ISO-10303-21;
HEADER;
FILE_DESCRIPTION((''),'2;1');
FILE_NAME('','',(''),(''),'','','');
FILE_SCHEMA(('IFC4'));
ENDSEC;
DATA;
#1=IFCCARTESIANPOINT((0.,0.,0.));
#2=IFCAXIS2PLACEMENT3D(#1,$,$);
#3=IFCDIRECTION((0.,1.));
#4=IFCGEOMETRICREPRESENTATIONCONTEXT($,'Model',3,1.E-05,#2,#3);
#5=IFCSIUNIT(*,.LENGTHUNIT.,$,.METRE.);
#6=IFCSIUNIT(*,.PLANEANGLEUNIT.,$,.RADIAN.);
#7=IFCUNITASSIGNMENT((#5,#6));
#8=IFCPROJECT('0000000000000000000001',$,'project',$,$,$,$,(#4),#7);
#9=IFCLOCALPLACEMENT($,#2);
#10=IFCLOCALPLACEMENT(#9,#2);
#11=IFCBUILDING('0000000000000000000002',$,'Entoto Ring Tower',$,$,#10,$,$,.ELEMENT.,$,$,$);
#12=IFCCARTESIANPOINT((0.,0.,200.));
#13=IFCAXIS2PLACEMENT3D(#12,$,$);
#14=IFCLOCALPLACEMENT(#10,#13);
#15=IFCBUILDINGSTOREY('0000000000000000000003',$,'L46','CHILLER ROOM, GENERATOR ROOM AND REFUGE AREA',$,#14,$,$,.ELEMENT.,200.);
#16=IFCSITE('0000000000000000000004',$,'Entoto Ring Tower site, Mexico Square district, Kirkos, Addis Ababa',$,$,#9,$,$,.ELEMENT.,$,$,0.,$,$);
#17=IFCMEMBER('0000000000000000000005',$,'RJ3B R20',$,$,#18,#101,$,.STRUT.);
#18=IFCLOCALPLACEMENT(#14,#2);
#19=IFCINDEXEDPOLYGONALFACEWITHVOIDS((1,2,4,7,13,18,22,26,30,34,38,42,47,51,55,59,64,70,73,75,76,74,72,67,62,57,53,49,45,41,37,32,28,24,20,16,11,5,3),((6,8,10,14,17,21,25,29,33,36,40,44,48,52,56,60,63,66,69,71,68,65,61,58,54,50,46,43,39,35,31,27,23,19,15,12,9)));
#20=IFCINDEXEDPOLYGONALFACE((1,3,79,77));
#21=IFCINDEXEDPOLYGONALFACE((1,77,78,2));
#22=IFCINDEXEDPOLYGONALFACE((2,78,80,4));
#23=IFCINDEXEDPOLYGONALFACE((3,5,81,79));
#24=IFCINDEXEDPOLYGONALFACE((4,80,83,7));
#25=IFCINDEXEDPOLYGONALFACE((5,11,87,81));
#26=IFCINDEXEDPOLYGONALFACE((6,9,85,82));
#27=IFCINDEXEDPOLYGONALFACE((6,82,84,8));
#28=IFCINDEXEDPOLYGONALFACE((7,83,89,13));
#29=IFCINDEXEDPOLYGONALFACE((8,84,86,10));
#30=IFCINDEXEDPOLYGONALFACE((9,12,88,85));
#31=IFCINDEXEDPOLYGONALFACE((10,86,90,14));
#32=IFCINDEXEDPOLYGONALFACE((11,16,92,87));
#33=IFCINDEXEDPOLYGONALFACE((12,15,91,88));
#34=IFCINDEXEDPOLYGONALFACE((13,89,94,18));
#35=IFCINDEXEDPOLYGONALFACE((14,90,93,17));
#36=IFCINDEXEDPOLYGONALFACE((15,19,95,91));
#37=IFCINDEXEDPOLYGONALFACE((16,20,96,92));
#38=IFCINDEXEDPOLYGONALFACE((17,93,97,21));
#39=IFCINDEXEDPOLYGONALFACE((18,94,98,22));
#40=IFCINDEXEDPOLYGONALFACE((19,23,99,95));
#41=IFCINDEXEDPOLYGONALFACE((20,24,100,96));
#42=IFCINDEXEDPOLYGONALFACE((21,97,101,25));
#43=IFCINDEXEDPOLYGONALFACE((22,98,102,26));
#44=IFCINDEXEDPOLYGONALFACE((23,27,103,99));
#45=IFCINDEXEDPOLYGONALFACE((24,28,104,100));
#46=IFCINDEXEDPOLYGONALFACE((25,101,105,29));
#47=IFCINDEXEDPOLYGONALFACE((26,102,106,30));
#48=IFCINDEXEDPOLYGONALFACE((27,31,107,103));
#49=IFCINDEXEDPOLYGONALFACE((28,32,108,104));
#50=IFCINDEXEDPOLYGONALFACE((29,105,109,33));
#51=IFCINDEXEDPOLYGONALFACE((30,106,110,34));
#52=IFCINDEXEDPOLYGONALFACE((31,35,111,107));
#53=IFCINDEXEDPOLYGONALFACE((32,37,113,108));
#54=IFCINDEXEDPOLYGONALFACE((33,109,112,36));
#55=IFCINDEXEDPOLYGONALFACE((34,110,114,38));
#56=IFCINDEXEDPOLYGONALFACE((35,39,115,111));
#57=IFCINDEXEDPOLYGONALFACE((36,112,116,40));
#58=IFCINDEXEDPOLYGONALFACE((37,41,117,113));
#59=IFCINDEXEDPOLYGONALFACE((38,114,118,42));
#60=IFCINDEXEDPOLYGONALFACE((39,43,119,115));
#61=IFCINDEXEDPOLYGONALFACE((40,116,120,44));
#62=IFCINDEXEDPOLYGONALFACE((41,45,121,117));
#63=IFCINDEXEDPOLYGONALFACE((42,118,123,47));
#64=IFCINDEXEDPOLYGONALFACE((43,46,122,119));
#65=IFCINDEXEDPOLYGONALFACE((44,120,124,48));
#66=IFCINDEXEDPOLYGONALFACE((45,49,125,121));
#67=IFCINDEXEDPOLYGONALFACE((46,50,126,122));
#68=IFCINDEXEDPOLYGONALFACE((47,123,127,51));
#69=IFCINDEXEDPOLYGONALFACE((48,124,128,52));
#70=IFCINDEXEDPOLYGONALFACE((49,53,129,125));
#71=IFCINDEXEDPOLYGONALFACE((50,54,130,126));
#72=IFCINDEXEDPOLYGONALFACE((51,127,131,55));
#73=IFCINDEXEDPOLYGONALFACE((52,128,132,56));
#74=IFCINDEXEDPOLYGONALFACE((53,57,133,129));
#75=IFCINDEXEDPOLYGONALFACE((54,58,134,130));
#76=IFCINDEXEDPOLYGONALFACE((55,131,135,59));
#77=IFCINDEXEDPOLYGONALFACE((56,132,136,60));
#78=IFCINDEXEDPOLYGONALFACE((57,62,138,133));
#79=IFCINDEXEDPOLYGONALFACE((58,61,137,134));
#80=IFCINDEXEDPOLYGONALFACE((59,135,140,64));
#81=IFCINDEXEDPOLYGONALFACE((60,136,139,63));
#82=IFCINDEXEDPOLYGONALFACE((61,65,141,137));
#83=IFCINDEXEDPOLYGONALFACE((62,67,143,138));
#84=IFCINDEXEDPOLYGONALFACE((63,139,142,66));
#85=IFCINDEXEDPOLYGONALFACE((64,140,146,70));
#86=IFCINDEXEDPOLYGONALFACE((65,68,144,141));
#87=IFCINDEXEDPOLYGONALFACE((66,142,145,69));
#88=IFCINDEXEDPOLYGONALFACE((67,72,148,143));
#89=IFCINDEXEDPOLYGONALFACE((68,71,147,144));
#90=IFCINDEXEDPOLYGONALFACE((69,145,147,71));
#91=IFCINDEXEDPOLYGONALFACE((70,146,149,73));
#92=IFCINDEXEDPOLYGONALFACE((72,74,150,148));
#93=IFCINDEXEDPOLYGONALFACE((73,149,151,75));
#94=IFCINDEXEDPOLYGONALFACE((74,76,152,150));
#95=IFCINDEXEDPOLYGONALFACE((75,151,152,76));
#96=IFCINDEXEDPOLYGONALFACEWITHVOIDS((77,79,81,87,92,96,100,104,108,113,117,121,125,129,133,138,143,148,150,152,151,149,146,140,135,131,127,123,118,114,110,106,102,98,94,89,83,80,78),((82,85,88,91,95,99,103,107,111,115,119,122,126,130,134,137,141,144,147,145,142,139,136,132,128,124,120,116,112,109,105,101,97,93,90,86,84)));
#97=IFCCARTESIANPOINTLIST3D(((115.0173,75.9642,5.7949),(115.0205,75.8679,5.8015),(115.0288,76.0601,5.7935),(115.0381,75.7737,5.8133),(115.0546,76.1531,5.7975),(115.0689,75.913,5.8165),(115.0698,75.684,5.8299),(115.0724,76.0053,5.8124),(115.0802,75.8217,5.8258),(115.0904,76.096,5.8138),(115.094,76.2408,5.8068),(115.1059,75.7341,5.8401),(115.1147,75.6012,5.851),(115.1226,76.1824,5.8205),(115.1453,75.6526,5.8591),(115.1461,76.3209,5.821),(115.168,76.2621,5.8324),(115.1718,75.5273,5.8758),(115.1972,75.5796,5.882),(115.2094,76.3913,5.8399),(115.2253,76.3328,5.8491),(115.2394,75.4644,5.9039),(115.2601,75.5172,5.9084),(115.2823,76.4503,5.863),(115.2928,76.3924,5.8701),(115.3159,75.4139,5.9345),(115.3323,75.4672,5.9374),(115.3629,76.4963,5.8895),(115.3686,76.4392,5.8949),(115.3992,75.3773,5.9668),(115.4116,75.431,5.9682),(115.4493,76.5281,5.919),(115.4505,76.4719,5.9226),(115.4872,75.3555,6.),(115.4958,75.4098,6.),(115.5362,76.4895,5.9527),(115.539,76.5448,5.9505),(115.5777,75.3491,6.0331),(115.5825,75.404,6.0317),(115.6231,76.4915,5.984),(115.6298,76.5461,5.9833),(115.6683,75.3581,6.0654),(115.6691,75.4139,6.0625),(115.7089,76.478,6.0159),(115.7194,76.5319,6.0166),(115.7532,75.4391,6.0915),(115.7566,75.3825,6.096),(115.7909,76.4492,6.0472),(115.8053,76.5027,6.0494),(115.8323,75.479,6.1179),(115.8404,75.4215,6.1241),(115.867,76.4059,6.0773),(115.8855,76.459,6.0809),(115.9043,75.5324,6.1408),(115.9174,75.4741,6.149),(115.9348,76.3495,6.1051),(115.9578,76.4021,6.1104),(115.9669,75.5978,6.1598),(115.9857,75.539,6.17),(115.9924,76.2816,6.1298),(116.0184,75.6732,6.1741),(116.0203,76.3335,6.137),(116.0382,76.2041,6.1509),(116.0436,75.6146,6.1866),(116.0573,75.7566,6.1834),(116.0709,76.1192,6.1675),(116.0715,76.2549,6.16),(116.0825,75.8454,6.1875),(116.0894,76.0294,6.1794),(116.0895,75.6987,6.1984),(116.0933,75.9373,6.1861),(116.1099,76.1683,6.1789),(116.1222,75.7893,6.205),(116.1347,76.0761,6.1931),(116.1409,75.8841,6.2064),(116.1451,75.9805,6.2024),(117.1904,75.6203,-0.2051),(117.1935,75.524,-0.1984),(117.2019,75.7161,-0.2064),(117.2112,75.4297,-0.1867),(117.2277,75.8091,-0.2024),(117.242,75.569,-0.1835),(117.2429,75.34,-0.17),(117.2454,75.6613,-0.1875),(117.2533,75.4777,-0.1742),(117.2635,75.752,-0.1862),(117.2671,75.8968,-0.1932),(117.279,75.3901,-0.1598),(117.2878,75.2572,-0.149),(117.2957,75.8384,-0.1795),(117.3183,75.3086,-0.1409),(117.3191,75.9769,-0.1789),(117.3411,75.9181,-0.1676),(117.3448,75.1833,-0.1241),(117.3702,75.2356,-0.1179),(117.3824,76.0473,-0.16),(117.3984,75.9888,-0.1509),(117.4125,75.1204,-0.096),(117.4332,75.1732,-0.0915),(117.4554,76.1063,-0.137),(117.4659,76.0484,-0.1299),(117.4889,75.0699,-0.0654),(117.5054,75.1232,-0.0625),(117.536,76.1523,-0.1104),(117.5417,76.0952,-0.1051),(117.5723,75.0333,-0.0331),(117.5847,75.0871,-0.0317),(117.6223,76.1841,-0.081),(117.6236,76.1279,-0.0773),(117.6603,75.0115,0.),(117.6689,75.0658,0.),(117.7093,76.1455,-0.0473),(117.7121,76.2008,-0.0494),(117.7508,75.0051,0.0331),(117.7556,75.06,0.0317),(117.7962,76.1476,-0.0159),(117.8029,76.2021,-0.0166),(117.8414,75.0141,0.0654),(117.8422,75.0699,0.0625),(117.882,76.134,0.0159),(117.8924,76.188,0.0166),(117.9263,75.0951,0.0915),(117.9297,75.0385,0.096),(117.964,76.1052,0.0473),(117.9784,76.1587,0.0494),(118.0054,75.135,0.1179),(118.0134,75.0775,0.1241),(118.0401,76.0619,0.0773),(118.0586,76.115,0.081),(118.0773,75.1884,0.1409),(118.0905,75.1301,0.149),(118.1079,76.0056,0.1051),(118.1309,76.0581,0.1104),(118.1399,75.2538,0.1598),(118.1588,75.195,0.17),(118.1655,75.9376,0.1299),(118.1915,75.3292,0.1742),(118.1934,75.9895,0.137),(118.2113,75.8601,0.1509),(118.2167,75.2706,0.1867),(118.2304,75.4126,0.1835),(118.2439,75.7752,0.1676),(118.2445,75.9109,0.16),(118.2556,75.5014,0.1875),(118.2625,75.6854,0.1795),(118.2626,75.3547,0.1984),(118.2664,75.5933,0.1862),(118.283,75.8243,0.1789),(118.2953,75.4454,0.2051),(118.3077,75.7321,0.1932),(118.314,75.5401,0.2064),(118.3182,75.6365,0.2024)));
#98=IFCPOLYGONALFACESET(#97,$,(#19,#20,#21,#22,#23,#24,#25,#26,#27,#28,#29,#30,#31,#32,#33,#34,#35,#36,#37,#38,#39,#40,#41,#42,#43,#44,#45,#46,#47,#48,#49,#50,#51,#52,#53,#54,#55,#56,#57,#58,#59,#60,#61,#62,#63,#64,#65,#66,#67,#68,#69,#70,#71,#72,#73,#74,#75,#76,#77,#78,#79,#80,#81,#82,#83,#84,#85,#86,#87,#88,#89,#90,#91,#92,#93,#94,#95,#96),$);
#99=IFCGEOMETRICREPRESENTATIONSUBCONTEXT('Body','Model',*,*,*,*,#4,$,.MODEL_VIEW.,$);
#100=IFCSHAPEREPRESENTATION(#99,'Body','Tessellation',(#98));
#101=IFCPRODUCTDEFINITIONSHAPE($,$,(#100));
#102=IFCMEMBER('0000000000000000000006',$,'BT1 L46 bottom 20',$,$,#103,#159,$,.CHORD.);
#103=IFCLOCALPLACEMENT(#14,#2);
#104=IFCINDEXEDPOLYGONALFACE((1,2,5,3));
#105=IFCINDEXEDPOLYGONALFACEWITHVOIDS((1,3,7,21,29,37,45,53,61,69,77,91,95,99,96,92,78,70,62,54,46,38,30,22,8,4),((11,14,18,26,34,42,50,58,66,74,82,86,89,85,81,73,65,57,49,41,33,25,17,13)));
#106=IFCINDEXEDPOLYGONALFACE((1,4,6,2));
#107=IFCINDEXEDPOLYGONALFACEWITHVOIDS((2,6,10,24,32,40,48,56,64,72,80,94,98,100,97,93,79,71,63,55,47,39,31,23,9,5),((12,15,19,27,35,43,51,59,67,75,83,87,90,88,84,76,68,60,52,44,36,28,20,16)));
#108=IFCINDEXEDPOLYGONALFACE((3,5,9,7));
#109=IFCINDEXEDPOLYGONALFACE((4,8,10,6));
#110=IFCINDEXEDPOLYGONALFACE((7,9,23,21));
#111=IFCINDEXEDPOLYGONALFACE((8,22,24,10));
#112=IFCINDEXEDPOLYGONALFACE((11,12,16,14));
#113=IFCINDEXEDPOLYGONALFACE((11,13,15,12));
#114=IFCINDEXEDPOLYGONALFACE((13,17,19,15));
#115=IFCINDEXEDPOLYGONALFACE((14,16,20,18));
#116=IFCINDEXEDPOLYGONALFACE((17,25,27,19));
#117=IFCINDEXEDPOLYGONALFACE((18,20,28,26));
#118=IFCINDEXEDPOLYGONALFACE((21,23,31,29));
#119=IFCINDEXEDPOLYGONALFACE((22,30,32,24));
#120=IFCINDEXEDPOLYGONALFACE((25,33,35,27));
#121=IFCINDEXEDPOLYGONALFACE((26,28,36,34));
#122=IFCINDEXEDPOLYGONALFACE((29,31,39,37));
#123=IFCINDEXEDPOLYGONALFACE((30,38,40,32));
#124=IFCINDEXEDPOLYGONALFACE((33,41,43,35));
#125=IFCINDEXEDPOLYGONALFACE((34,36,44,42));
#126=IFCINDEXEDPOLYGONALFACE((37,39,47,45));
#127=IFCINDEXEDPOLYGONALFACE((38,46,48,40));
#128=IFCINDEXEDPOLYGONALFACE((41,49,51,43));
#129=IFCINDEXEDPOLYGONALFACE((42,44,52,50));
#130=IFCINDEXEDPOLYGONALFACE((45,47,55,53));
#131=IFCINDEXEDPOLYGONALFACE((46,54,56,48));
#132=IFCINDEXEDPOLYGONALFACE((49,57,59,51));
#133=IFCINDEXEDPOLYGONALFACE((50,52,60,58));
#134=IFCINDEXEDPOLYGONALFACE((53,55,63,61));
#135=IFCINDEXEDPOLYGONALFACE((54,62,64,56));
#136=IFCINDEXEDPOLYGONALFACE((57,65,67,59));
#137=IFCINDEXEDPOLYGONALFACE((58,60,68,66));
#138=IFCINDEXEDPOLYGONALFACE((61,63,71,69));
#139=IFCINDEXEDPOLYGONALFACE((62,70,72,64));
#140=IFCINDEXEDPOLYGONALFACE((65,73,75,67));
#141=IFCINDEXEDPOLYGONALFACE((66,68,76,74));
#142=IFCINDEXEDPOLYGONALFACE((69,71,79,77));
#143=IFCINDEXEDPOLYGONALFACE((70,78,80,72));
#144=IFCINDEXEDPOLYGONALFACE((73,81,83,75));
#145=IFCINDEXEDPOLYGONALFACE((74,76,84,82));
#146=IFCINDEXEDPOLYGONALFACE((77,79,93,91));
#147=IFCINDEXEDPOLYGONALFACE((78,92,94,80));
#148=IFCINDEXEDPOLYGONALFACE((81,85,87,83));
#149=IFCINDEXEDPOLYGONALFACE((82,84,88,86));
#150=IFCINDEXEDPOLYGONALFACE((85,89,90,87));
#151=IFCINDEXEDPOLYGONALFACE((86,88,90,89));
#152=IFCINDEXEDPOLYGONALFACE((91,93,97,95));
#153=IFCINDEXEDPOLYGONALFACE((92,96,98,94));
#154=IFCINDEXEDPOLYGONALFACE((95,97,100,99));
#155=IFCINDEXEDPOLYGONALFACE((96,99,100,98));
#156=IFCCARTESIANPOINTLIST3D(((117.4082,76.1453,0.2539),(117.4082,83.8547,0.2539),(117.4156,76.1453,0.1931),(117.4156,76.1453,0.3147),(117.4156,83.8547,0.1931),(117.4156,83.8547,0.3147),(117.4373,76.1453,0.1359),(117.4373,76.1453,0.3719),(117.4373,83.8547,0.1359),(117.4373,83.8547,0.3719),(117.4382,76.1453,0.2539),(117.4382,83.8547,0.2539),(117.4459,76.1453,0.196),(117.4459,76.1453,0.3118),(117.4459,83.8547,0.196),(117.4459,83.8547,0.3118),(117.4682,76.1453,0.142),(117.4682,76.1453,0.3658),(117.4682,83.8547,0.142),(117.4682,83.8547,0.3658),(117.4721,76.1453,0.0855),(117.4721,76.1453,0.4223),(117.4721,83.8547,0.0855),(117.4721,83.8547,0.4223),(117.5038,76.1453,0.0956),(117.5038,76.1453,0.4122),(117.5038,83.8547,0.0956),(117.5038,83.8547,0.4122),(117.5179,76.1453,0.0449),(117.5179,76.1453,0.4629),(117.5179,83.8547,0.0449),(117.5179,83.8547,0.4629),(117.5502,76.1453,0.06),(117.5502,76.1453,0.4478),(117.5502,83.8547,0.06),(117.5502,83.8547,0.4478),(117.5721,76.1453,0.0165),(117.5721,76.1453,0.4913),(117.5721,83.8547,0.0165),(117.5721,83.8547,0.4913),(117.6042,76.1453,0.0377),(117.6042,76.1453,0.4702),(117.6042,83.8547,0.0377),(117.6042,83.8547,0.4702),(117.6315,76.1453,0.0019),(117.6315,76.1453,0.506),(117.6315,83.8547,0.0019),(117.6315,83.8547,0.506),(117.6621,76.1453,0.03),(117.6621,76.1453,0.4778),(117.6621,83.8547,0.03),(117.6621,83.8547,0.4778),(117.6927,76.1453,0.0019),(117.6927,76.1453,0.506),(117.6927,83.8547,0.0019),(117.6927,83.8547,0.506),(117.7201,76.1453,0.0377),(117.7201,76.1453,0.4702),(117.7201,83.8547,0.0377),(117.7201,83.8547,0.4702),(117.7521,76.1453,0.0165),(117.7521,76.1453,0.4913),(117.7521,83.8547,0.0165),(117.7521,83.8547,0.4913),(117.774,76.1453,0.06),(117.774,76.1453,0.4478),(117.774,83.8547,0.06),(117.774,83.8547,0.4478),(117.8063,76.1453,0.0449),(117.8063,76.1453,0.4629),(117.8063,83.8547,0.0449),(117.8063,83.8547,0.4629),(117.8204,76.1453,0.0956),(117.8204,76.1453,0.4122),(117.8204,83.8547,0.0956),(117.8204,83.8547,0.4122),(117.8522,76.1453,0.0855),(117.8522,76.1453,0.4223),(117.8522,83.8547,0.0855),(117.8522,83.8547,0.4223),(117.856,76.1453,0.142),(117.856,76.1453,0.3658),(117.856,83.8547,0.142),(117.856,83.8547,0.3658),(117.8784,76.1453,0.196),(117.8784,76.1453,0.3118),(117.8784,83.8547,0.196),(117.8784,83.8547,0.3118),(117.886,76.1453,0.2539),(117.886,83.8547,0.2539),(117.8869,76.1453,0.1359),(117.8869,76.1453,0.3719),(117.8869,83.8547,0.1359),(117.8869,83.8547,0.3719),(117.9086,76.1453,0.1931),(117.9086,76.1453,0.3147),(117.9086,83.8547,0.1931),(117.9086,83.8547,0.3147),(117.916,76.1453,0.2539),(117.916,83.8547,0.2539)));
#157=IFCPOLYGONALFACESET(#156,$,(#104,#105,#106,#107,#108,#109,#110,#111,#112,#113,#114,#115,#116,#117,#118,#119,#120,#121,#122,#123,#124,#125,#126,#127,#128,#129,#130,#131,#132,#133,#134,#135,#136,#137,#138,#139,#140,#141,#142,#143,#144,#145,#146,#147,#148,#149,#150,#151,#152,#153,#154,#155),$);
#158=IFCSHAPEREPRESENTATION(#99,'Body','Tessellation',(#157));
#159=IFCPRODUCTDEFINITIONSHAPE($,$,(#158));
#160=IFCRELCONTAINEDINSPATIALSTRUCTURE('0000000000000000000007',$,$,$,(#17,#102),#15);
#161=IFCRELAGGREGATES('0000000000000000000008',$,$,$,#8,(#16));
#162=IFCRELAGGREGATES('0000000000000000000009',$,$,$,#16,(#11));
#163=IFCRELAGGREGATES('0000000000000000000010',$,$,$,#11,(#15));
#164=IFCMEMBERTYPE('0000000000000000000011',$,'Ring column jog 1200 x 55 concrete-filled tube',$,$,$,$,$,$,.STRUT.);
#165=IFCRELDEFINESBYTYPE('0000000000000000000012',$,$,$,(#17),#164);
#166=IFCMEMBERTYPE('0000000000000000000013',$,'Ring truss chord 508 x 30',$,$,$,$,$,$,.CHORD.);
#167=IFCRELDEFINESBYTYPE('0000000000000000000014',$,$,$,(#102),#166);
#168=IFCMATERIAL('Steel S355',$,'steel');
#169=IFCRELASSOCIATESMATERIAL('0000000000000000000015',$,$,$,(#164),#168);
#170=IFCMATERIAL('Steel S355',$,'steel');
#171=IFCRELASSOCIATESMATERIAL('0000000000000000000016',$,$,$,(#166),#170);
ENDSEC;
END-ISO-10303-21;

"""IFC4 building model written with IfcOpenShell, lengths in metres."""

from ifc_helpers import new_model, si_unit, direction, frame, origin, origin_2d, place, context, subcontext, project, spatial, circle, hollow_circle, extrude, material, material_profile, profile_set, type_object, element, save


model = new_model("IFC4")

# Units and contexts
model_context = context("Model", 3, precision=1e-05, world=origin(), true_north=direction((0.0, 1.0)))
body_context = subcontext(model_context, "Body", "Model", "MODEL_VIEW")
ifc_project = project(units=[si_unit("LENGTHUNIT", "METRE"), si_unit("PLANEANGLEUNIT", "RADIAN")], contexts=[model_context])

# Site, building, storey
site_placement = place(None, origin())
site = spatial("IfcSite", under=ifc_project, at=site_placement, Name="Entoto Ring Tower site, Mexico Square district, Kirkos, Addis Ababa", CompositionType="ELEMENT", RefElevation=0.0)
building_placement = place(site_placement, origin())
building = spatial("IfcBuilding", under=site, at=building_placement, Name="Entoto Ring Tower", CompositionType="ELEMENT")
storey_placement = place(building_placement, frame((0.0, 0.0, 200.0)))
storey = spatial("IfcBuildingStorey", under=building, at=storey_placement, Name="L46", Description="CHILLER ROOM, GENERATOR ROOM AND REFUGE AREA", CompositionType="ELEMENT", Elevation=200.0)

# Members
ifc_material_1 = material(Name="Steel S355", Category="steel")
ifc_material_profile_1 = material_profile(ifc_material_1, hollow_circle(Radius=0.6001, WallThickness=0.0549, at=origin_2d()), Name="CHS 1200 x 55")
ifc_material_2 = material(Name="Concrete C60/75", Category="concrete")
ifc_material_profile_2 = material_profile(ifc_material_2, circle(Radius=0.5449, at=origin_2d()), Name="Concrete C60/75 infill")
ifc_profile_set_1 = profile_set([ifc_material_profile_1, ifc_material_profile_2], Name="Steel S355")
member_type_1 = type_object("IfcMemberType", Name="Ring column jog 1200 x 55 concrete-filled tube", PredefinedType="STRUT", material=ifc_profile_set_1)
member_1_placement = place(storey_placement, frame((117.7542, 75.6042, 0.0), z_axis=(-0.340042, 0.053828, 0.938869), x_axis=(-0.15635, -0.987702, 0.0)))
element("IfcMember", 1, at=member_1_placement, inside=storey, type_object=member_type_1, Name="RJ3B R20", PredefinedType="STRUT", context=body_context, shape_type="SweptSolid", body=[
    extrude(hollow_circle(Radius=0.6001, WallThickness=0.0549, at=origin_2d()), origin(), (0.0, 0.0, 1.0), 6.3906),
])
ifc_material_3 = material(Name="Steel S355", Category="steel")
ifc_material_profile_3 = material_profile(ifc_material_3, hollow_circle(Radius=0.2539, WallThickness=0.03, at=origin_2d()), Name="CHS 508 x 30")
ifc_material_4 = material(Name="Concrete C60/75", Category="concrete")
ifc_material_profile_4 = material_profile(ifc_material_4, circle(Radius=0.2241, at=origin_2d()), Name="Concrete C60/75 infill")
ifc_profile_set_2 = profile_set([ifc_material_profile_3, ifc_material_profile_4], Name="Steel S355")
member_type_2 = type_object("IfcMemberType", Name="Ring truss chord 508 x 30", PredefinedType="CHORD", material=ifc_profile_set_2)
member_2_placement = place(storey_placement, frame((117.6621, 76.1453, 0.2539), z_axis=(0.0, 1.0, 0.0), x_axis=(-1.0, 0.0, 0.0)))
element("IfcMember", 2, at=member_2_placement, inside=storey, type_object=member_type_2, Name="BT1 L46 bottom 20", PredefinedType="CHORD", context=body_context, shape_type="SweptSolid", body=[
    extrude(hollow_circle(Radius=0.2539, WallThickness=0.03, at=origin_2d()), origin(), (0.0, 0.0, 1.0), 7.7095),
])

save(model, "model.ifc")
